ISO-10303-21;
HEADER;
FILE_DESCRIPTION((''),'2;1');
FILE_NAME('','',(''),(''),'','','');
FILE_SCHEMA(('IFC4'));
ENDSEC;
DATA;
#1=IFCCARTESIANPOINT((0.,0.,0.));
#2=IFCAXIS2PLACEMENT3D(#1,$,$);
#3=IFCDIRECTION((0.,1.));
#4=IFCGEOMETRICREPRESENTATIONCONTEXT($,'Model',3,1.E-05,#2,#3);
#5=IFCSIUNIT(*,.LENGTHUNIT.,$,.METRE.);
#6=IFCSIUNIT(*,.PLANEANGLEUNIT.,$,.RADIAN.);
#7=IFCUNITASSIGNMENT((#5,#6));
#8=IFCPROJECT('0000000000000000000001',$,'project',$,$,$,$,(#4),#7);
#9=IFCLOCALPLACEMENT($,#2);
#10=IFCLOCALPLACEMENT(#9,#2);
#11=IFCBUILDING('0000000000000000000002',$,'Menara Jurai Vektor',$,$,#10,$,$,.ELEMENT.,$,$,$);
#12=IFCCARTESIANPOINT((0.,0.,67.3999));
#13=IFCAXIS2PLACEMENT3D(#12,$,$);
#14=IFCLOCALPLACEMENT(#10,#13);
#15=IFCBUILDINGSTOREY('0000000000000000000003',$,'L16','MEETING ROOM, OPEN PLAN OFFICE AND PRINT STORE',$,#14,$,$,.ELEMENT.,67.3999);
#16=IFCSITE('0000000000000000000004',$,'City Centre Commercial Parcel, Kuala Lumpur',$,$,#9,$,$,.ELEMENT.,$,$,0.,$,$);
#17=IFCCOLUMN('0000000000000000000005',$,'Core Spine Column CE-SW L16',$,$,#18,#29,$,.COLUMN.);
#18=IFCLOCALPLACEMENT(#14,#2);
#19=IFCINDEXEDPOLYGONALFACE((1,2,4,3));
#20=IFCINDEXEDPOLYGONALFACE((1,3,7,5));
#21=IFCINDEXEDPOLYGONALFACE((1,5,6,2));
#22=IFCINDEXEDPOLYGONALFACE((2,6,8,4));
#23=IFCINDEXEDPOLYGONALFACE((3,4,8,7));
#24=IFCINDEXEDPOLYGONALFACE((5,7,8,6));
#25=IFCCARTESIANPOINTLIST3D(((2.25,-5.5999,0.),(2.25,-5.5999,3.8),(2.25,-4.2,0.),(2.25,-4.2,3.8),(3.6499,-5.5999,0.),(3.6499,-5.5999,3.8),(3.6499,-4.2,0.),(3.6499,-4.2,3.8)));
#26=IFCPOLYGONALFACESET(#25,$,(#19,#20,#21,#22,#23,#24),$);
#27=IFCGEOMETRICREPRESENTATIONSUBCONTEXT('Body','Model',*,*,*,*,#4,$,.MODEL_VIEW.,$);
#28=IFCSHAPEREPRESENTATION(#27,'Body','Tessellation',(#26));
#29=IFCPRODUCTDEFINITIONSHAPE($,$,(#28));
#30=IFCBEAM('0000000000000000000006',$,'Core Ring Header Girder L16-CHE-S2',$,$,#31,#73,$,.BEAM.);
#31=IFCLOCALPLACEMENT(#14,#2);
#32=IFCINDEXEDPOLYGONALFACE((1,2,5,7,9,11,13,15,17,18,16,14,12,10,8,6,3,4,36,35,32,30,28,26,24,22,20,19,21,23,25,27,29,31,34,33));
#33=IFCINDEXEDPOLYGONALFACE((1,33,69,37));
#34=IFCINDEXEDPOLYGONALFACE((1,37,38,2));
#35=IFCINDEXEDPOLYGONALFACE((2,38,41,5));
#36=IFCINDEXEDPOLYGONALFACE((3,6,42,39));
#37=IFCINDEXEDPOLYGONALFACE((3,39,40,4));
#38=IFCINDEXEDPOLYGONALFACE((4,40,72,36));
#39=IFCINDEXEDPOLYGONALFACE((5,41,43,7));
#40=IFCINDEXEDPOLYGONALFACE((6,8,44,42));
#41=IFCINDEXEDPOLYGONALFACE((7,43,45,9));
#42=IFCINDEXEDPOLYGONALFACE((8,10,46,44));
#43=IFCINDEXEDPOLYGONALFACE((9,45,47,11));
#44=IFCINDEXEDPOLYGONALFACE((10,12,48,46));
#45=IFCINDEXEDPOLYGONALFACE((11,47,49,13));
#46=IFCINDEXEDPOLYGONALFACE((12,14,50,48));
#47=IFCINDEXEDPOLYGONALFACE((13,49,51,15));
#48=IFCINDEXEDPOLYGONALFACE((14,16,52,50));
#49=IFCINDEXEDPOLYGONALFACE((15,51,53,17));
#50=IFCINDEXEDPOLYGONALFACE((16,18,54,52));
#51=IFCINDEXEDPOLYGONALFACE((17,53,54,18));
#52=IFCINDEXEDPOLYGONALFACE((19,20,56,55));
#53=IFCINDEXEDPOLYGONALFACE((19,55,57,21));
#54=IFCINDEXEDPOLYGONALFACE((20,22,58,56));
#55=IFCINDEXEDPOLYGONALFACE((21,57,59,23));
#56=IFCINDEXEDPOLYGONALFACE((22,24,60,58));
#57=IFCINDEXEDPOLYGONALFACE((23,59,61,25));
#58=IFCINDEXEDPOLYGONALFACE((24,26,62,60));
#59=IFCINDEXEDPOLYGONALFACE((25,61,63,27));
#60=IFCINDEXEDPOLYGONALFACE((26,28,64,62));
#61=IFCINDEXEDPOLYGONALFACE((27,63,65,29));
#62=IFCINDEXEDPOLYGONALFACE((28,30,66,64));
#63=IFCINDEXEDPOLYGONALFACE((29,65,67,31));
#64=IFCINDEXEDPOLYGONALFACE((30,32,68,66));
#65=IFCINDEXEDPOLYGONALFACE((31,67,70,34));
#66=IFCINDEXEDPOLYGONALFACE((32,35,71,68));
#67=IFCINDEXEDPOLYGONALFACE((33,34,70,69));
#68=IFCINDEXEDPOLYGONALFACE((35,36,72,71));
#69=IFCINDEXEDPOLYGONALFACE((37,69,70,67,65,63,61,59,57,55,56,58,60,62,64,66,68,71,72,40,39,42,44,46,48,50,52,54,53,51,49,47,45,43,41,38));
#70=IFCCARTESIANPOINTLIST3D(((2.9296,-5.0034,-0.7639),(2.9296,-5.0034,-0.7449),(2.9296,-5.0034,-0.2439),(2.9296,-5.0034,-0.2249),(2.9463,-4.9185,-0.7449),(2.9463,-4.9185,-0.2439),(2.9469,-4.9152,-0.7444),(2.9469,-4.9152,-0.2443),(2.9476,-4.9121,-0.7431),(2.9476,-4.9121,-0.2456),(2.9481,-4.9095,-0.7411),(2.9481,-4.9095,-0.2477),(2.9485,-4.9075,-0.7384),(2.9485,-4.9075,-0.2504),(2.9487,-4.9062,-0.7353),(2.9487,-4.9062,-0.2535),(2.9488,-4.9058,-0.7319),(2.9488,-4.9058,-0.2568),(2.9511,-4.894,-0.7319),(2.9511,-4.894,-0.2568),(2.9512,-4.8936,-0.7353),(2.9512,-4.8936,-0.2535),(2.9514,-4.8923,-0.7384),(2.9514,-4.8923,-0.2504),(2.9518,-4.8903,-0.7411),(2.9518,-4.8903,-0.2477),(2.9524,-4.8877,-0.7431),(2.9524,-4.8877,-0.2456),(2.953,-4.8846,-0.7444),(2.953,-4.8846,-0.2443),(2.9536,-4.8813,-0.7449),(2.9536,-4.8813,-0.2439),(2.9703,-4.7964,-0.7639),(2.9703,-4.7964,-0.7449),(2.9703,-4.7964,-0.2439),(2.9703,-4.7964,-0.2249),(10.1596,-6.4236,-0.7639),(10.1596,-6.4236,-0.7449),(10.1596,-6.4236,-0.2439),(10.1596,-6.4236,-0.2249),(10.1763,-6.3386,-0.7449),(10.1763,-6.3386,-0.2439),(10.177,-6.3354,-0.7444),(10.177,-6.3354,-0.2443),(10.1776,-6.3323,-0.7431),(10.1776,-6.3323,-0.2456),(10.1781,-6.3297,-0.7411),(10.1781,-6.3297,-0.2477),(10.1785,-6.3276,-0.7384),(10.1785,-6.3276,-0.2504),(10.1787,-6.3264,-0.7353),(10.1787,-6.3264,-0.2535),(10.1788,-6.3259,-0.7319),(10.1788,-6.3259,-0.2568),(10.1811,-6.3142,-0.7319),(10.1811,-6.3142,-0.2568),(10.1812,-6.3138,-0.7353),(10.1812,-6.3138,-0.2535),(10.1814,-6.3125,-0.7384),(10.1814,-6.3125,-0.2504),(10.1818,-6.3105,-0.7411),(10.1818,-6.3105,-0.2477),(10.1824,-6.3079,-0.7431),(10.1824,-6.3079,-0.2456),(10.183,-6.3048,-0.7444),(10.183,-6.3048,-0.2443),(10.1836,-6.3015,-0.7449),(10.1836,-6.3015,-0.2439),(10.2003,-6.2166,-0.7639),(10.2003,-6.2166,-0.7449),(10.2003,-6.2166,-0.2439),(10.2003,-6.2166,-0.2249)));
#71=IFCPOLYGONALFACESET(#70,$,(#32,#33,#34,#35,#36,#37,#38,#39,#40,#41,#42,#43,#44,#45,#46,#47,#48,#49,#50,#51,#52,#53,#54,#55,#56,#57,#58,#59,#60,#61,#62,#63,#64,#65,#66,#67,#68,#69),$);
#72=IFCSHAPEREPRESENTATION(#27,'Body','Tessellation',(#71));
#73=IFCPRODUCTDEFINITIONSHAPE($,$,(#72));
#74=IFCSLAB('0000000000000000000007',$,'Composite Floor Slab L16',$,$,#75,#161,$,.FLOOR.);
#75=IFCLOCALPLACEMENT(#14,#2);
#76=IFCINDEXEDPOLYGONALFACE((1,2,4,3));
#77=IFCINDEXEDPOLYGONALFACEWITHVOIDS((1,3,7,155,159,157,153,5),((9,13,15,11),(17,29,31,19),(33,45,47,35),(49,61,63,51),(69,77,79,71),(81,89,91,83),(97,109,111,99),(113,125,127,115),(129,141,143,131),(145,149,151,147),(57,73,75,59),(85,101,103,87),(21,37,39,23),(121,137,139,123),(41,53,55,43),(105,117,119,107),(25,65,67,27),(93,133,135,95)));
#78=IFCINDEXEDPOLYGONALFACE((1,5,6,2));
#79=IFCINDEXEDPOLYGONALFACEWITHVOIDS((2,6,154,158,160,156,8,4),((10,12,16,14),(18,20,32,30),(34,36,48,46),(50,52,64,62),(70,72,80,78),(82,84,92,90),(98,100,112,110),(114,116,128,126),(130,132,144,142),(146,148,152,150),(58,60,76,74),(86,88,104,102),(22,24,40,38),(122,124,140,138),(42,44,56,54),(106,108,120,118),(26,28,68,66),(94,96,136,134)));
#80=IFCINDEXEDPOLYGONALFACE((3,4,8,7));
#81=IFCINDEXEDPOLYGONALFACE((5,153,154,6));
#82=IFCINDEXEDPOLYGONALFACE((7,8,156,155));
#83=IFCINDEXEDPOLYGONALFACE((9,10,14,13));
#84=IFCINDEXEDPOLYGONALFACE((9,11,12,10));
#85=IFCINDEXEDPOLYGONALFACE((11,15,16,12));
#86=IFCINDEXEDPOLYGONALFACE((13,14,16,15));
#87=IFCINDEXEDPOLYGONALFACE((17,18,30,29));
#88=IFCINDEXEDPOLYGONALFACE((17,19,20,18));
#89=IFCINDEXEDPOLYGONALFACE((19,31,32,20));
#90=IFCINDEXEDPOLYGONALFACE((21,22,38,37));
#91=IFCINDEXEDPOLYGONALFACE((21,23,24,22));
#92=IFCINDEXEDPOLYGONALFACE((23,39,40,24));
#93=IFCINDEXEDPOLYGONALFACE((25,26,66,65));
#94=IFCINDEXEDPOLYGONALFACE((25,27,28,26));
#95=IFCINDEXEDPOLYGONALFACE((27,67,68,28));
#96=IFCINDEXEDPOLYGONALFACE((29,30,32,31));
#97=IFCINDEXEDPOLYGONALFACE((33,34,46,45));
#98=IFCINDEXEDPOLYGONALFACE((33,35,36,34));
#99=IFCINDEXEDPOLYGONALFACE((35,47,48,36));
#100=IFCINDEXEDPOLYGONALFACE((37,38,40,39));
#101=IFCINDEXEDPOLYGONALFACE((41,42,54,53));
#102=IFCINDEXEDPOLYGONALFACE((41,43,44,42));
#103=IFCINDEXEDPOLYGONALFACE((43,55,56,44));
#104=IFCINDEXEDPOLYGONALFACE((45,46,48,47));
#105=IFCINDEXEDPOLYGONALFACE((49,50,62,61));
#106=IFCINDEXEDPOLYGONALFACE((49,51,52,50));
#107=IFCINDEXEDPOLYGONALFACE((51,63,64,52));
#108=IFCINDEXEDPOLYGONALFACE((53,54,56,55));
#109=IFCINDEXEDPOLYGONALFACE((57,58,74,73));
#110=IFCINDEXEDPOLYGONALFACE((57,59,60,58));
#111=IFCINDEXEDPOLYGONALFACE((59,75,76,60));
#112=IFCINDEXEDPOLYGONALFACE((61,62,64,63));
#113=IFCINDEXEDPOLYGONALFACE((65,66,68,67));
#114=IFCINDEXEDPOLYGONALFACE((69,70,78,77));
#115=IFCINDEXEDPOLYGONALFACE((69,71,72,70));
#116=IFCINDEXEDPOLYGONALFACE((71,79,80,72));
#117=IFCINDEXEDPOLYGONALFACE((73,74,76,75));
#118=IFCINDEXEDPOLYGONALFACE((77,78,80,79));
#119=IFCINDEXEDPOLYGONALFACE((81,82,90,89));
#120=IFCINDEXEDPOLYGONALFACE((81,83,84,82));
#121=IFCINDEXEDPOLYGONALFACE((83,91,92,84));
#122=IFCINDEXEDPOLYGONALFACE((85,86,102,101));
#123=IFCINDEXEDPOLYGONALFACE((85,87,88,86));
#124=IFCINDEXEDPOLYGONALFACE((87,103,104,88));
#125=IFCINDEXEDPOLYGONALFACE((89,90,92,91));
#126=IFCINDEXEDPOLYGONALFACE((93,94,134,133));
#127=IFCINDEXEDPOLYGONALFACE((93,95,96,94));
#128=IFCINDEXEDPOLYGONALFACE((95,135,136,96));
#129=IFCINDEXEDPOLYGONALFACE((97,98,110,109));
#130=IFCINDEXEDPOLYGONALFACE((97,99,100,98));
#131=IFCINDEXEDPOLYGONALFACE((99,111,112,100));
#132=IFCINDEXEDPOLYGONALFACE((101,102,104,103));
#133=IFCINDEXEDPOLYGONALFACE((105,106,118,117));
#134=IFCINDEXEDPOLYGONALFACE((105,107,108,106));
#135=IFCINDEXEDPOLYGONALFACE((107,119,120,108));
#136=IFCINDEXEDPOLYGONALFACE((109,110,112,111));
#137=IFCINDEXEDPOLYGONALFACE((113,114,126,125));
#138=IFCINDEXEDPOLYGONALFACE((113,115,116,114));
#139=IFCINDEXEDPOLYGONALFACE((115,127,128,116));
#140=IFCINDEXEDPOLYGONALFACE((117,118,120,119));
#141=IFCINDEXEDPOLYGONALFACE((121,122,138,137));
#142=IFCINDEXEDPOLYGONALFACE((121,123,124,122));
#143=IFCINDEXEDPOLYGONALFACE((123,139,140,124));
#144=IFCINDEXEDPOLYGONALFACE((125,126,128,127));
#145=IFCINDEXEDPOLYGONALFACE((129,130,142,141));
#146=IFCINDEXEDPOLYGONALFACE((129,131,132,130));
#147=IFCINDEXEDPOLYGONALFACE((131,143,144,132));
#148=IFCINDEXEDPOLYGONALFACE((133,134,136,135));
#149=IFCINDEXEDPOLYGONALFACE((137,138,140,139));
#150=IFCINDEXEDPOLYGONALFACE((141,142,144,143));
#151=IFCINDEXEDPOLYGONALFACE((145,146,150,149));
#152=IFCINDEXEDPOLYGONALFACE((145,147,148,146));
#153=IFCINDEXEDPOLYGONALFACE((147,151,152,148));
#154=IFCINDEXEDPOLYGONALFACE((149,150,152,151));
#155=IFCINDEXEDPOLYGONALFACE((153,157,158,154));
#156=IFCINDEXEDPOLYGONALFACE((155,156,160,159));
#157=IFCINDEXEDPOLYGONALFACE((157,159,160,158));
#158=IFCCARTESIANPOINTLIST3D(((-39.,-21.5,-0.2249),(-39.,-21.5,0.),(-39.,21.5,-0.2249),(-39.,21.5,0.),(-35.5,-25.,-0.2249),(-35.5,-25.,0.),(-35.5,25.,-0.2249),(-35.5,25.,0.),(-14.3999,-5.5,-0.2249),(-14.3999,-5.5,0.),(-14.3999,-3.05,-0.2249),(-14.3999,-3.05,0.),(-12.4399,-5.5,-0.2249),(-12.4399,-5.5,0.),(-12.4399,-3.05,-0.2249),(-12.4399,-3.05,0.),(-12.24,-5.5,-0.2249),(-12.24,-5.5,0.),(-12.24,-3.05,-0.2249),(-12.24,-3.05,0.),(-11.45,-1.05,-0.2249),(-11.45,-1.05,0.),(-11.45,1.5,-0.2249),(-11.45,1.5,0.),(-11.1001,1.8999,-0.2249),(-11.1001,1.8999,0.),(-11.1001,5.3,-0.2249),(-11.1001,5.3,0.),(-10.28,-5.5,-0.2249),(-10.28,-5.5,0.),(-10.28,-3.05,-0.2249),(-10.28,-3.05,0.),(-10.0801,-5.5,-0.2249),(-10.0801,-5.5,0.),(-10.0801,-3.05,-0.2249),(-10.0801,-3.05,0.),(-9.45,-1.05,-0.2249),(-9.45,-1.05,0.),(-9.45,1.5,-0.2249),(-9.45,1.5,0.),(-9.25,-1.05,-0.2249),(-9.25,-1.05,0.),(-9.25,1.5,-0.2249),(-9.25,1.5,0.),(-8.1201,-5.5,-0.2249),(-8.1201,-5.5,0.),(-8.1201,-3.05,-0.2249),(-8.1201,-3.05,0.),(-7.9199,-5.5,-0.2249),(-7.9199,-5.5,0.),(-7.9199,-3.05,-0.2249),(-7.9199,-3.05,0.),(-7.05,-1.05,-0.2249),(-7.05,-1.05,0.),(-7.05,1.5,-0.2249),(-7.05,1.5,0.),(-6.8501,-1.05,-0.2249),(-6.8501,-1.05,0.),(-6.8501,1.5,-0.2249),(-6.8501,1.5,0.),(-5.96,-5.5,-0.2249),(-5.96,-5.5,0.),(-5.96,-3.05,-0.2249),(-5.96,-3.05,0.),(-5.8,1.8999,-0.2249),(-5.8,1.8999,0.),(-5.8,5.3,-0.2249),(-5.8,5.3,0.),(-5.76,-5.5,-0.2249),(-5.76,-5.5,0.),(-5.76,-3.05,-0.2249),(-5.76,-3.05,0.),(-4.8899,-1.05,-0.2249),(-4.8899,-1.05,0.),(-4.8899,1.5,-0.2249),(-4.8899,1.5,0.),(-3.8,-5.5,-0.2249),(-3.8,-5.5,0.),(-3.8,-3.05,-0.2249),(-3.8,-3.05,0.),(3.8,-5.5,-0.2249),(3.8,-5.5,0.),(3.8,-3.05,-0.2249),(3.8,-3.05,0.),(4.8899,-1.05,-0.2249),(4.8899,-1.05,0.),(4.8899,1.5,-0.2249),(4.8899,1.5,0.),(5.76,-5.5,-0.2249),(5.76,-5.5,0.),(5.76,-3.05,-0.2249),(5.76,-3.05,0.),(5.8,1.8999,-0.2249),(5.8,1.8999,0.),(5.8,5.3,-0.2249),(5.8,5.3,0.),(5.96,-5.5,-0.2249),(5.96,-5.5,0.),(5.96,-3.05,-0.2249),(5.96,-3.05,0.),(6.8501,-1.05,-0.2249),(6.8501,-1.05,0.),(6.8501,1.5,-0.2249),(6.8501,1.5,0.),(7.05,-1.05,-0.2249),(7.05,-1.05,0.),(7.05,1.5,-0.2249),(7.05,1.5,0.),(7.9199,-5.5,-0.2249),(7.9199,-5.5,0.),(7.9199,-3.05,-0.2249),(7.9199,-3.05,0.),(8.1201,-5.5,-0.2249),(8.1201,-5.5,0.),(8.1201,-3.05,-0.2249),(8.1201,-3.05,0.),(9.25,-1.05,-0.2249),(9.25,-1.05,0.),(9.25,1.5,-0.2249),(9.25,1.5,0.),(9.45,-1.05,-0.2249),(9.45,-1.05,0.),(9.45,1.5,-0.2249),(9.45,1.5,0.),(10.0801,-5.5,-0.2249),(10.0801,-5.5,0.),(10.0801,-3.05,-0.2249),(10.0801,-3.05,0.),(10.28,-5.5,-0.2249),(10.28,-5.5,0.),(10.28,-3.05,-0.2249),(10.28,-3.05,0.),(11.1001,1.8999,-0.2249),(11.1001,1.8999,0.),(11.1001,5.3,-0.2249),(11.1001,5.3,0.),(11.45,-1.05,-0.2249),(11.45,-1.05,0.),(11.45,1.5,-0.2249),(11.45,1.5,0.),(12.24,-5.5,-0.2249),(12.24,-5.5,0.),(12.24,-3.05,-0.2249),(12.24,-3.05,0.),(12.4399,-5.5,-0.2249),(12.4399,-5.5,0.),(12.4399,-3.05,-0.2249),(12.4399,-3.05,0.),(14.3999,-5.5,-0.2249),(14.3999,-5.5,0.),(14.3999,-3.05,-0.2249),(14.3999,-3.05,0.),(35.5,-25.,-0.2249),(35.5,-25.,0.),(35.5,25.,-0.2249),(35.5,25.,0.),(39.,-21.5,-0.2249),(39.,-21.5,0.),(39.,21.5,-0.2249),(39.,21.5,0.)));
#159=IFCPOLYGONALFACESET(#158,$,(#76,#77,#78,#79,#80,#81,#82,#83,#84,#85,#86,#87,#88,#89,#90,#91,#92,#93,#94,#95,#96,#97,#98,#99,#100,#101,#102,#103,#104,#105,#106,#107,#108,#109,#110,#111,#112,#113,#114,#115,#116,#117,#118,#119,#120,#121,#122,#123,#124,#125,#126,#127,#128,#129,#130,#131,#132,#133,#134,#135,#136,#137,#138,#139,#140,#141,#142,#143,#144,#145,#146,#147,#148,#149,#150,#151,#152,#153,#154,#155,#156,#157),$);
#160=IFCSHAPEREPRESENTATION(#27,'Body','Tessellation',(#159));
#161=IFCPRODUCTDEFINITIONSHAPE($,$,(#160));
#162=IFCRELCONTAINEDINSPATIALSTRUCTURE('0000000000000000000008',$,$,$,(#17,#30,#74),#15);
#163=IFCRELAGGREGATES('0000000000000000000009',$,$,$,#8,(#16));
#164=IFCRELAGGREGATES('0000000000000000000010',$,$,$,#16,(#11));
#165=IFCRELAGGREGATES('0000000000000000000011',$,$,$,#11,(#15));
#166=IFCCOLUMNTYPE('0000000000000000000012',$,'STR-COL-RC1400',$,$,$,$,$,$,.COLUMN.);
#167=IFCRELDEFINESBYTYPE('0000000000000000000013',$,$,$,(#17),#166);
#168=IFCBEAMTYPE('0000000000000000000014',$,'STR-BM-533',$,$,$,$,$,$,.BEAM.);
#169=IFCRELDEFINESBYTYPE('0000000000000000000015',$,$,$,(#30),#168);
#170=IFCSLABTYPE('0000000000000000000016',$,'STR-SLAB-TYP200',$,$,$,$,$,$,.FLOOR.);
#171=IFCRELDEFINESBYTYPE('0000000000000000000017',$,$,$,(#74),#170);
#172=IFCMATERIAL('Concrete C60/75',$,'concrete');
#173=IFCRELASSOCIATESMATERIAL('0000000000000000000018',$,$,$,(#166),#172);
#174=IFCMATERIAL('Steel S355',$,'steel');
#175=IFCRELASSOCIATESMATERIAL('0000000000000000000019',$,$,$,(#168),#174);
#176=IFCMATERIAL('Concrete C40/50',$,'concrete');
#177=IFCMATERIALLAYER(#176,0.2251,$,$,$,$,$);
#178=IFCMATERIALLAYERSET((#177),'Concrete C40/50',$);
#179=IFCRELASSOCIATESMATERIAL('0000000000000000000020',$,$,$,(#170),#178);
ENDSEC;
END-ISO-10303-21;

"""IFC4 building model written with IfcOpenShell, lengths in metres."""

from ifc_helpers import new_model, si_unit, direction, frame, origin, origin_2d, place, context, subcontext, project, spatial, polyline, rectangle, i_section, outline, extrude, material, layer, layer_set, material_profile, profile_set, type_object, element, save


model = new_model("IFC4")

# Units and contexts
model_context = context("Model", 3, precision=1e-05, world=origin(), true_north=direction((0.0, 1.0)))
body_context = subcontext(model_context, "Body", "Model", "MODEL_VIEW")
ifc_project = project(units=[si_unit("LENGTHUNIT", "METRE"), si_unit("PLANEANGLEUNIT", "RADIAN")], contexts=[model_context])

# Site, building, storey
site_placement = place(None, origin())
site = spatial("IfcSite", under=ifc_project, at=site_placement, Name="City Centre Commercial Parcel, Kuala Lumpur", CompositionType="ELEMENT", RefElevation=0.0)
building_placement = place(site_placement, origin())
building = spatial("IfcBuilding", under=site, at=building_placement, Name="Menara Jurai Vektor", CompositionType="ELEMENT")
storey_placement = place(building_placement, frame((0.0, 0.0, 67.3999)))
storey = spatial("IfcBuildingStorey", under=building, at=storey_placement, Name="L16", Description="MEETING ROOM, OPEN PLAN OFFICE AND PRINT STORE", CompositionType="ELEMENT", Elevation=67.3999)

# Column
ifc_material_1 = material(Name="Concrete C60/75", Category="concrete")
ifc_material_profile_1 = material_profile(ifc_material_1, rectangle(XDim=1.3999, YDim=1.3999, at=origin_2d()), Name="RC 1400x1400")
ifc_profile_set_1 = profile_set([ifc_material_profile_1], Name="Concrete C60/75")
column_type = type_object("IfcColumnType", Name="STR-COL-RC1400", PredefinedType="COLUMN", material=ifc_profile_set_1)
column_placement = place(storey_placement, frame((2.95, -4.8999, 0.0), z_axis=(0.0, 0.0, 1.0), x_axis=(1.0, 0.0, 0.0)))
element("IfcColumn", 1, at=column_placement, inside=storey, type_object=column_type, Name="Core Spine Column CE-SW L16", PredefinedType="COLUMN", context=body_context, shape_type="SweptSolid", body=[
    extrude(rectangle(XDim=1.3999, YDim=1.3999, at=origin_2d()), origin(), (0.0, 0.0, 1.0), 3.8),
])

# Beam
ifc_material_2 = material(Name="Steel S355", Category="steel")
ifc_material_profile_2 = material_profile(ifc_material_2, i_section(OverallWidth=0.2109, OverallDepth=0.5391, WebThickness=0.012, FlangeThickness=0.019, FilletRadius=0.0129, at=origin_2d()), Name="UKB 533x210x109")
ifc_profile_set_2 = profile_set([ifc_material_profile_2], Name="Steel S355")
beam_type = type_object("IfcBeamType", Name="STR-BM-533", PredefinedType="BEAM", material=ifc_profile_set_2)
beam_placement = place(storey_placement, frame((2.95, -4.8999, -0.4944), z_axis=(0.981249, -0.192744, 0.0), x_axis=(0.192744, 0.981249, 0.0)))
element("IfcBeam", 2, at=beam_placement, inside=storey, type_object=beam_type, Name="Core Ring Header Girder L16-CHE-S2", PredefinedType="BEAM", context=body_context, shape_type="SweptSolid", body=[
    extrude(i_section(OverallWidth=0.2109, OverallDepth=0.5391, WebThickness=0.012, FlangeThickness=0.019, FilletRadius=0.0129, at=origin_2d()), origin(), (0.0, 0.0, 1.0), 7.3682),
])

# Slab
ifc_material_3 = material(Name="Concrete C40/50", Category="concrete")
ifc_layer_1 = layer(ifc_material_3, 0.2251)
ifc_layer_set_1 = layer_set([ifc_layer_1], Name="Concrete C40/50")
slab_type = type_object("IfcSlabType", Name="STR-SLAB-TYP200", PredefinedType="FLOOR", material=ifc_layer_set_1)
slab_placement = place(storey_placement, frame((0.0, 0.0, -0.2249)))
element("IfcSlab", 3, at=slab_placement, inside=storey, type_object=slab_type, Name="Composite Floor Slab L16", PredefinedType="FLOOR", context=body_context, shape_type="SweptSolid", body=[
    extrude(outline(polyline([(-35.5, -25.0), (35.5, -25.0), (39.0, -21.5), (39.0, 21.5), (35.5, 25.0), (-35.5, 25.0), (-39.0, 21.5), (-39.0, -21.5), (-35.5, -25.0)]), holes=[polyline([(-11.1001, 1.8999), (-11.1001, 5.3), (-5.8, 5.3), (-5.8, 1.8999), (-11.1001, 1.8999)]), polyline([(5.8, 1.8999), (5.8, 5.3), (11.1001, 5.3), (11.1001, 1.8999), (5.8, 1.8999)]), polyline([(-11.45, -1.05), (-11.45, 1.5), (-9.45, 1.5), (-9.45, -1.05), (-11.45, -1.05)]), polyline([(9.45, -1.05), (9.45, 1.5), (11.45, 1.5), (11.45, -1.05), (9.45, -1.05)]), polyline([(-5.76, -5.5), (-5.76, -3.05), (-3.8, -3.05), (-3.8, -5.5), (-5.76, -5.5)]), polyline([(-6.8501, -1.05), (-6.8501, 1.5), (-4.8899, 1.5), (-4.8899, -1.05), (-6.8501, -1.05)]), polyline([(3.8, -5.5), (3.8, -3.05), (5.76, -3.05), (5.76, -5.5), (3.8, -5.5)]), polyline([(4.8899, -1.05), (4.8899, 1.5), (6.8501, 1.5), (6.8501, -1.05), (4.8899, -1.05)]), polyline([(-14.3999, -5.5), (-14.3999, -3.05), (-12.4399, -3.05), (-12.4399, -5.5), (-14.3999, -5.5)]), polyline([(-12.24, -5.5), (-12.24, -3.05), (-10.28, -3.05), (-10.28, -5.5), (-12.24, -5.5)]), polyline([(10.28, -5.5), (10.28, -3.05), (12.24, -3.05), (12.24, -5.5), (10.28, -5.5)]), polyline([(12.4399, -5.5), (12.4399, -3.05), (14.3999, -3.05), (14.3999, -5.5), (12.4399, -5.5)]), polyline([(-10.0801, -5.5), (-10.0801, -3.05), (-8.1201, -3.05), (-8.1201, -5.5), (-10.0801, -5.5)]), polyline([(-7.9199, -5.5), (-7.9199, -3.05), (-5.96, -3.05), (-5.96, -5.5), (-7.9199, -5.5)]), polyline([(5.96, -5.5), (5.96, -3.05), (7.9199, -3.05), (7.9199, -5.5), (5.96, -5.5)]), polyline([(8.1201, -5.5), (8.1201, -3.05), (10.0801, -3.05), (10.0801, -5.5), (8.1201, -5.5)]), polyline([(-9.25, -1.05), (-9.25, 1.5), (-7.05, 1.5), (-7.05, -1.05), (-9.25, -1.05)]), polyline([(7.05, -1.05), (7.05, 1.5), (9.25, 1.5), (9.25, -1.05), (7.05, -1.05)])]), origin(), (0.0, 0.0, 1.0), 0.2249),
])

save(model, "model.ifc")
